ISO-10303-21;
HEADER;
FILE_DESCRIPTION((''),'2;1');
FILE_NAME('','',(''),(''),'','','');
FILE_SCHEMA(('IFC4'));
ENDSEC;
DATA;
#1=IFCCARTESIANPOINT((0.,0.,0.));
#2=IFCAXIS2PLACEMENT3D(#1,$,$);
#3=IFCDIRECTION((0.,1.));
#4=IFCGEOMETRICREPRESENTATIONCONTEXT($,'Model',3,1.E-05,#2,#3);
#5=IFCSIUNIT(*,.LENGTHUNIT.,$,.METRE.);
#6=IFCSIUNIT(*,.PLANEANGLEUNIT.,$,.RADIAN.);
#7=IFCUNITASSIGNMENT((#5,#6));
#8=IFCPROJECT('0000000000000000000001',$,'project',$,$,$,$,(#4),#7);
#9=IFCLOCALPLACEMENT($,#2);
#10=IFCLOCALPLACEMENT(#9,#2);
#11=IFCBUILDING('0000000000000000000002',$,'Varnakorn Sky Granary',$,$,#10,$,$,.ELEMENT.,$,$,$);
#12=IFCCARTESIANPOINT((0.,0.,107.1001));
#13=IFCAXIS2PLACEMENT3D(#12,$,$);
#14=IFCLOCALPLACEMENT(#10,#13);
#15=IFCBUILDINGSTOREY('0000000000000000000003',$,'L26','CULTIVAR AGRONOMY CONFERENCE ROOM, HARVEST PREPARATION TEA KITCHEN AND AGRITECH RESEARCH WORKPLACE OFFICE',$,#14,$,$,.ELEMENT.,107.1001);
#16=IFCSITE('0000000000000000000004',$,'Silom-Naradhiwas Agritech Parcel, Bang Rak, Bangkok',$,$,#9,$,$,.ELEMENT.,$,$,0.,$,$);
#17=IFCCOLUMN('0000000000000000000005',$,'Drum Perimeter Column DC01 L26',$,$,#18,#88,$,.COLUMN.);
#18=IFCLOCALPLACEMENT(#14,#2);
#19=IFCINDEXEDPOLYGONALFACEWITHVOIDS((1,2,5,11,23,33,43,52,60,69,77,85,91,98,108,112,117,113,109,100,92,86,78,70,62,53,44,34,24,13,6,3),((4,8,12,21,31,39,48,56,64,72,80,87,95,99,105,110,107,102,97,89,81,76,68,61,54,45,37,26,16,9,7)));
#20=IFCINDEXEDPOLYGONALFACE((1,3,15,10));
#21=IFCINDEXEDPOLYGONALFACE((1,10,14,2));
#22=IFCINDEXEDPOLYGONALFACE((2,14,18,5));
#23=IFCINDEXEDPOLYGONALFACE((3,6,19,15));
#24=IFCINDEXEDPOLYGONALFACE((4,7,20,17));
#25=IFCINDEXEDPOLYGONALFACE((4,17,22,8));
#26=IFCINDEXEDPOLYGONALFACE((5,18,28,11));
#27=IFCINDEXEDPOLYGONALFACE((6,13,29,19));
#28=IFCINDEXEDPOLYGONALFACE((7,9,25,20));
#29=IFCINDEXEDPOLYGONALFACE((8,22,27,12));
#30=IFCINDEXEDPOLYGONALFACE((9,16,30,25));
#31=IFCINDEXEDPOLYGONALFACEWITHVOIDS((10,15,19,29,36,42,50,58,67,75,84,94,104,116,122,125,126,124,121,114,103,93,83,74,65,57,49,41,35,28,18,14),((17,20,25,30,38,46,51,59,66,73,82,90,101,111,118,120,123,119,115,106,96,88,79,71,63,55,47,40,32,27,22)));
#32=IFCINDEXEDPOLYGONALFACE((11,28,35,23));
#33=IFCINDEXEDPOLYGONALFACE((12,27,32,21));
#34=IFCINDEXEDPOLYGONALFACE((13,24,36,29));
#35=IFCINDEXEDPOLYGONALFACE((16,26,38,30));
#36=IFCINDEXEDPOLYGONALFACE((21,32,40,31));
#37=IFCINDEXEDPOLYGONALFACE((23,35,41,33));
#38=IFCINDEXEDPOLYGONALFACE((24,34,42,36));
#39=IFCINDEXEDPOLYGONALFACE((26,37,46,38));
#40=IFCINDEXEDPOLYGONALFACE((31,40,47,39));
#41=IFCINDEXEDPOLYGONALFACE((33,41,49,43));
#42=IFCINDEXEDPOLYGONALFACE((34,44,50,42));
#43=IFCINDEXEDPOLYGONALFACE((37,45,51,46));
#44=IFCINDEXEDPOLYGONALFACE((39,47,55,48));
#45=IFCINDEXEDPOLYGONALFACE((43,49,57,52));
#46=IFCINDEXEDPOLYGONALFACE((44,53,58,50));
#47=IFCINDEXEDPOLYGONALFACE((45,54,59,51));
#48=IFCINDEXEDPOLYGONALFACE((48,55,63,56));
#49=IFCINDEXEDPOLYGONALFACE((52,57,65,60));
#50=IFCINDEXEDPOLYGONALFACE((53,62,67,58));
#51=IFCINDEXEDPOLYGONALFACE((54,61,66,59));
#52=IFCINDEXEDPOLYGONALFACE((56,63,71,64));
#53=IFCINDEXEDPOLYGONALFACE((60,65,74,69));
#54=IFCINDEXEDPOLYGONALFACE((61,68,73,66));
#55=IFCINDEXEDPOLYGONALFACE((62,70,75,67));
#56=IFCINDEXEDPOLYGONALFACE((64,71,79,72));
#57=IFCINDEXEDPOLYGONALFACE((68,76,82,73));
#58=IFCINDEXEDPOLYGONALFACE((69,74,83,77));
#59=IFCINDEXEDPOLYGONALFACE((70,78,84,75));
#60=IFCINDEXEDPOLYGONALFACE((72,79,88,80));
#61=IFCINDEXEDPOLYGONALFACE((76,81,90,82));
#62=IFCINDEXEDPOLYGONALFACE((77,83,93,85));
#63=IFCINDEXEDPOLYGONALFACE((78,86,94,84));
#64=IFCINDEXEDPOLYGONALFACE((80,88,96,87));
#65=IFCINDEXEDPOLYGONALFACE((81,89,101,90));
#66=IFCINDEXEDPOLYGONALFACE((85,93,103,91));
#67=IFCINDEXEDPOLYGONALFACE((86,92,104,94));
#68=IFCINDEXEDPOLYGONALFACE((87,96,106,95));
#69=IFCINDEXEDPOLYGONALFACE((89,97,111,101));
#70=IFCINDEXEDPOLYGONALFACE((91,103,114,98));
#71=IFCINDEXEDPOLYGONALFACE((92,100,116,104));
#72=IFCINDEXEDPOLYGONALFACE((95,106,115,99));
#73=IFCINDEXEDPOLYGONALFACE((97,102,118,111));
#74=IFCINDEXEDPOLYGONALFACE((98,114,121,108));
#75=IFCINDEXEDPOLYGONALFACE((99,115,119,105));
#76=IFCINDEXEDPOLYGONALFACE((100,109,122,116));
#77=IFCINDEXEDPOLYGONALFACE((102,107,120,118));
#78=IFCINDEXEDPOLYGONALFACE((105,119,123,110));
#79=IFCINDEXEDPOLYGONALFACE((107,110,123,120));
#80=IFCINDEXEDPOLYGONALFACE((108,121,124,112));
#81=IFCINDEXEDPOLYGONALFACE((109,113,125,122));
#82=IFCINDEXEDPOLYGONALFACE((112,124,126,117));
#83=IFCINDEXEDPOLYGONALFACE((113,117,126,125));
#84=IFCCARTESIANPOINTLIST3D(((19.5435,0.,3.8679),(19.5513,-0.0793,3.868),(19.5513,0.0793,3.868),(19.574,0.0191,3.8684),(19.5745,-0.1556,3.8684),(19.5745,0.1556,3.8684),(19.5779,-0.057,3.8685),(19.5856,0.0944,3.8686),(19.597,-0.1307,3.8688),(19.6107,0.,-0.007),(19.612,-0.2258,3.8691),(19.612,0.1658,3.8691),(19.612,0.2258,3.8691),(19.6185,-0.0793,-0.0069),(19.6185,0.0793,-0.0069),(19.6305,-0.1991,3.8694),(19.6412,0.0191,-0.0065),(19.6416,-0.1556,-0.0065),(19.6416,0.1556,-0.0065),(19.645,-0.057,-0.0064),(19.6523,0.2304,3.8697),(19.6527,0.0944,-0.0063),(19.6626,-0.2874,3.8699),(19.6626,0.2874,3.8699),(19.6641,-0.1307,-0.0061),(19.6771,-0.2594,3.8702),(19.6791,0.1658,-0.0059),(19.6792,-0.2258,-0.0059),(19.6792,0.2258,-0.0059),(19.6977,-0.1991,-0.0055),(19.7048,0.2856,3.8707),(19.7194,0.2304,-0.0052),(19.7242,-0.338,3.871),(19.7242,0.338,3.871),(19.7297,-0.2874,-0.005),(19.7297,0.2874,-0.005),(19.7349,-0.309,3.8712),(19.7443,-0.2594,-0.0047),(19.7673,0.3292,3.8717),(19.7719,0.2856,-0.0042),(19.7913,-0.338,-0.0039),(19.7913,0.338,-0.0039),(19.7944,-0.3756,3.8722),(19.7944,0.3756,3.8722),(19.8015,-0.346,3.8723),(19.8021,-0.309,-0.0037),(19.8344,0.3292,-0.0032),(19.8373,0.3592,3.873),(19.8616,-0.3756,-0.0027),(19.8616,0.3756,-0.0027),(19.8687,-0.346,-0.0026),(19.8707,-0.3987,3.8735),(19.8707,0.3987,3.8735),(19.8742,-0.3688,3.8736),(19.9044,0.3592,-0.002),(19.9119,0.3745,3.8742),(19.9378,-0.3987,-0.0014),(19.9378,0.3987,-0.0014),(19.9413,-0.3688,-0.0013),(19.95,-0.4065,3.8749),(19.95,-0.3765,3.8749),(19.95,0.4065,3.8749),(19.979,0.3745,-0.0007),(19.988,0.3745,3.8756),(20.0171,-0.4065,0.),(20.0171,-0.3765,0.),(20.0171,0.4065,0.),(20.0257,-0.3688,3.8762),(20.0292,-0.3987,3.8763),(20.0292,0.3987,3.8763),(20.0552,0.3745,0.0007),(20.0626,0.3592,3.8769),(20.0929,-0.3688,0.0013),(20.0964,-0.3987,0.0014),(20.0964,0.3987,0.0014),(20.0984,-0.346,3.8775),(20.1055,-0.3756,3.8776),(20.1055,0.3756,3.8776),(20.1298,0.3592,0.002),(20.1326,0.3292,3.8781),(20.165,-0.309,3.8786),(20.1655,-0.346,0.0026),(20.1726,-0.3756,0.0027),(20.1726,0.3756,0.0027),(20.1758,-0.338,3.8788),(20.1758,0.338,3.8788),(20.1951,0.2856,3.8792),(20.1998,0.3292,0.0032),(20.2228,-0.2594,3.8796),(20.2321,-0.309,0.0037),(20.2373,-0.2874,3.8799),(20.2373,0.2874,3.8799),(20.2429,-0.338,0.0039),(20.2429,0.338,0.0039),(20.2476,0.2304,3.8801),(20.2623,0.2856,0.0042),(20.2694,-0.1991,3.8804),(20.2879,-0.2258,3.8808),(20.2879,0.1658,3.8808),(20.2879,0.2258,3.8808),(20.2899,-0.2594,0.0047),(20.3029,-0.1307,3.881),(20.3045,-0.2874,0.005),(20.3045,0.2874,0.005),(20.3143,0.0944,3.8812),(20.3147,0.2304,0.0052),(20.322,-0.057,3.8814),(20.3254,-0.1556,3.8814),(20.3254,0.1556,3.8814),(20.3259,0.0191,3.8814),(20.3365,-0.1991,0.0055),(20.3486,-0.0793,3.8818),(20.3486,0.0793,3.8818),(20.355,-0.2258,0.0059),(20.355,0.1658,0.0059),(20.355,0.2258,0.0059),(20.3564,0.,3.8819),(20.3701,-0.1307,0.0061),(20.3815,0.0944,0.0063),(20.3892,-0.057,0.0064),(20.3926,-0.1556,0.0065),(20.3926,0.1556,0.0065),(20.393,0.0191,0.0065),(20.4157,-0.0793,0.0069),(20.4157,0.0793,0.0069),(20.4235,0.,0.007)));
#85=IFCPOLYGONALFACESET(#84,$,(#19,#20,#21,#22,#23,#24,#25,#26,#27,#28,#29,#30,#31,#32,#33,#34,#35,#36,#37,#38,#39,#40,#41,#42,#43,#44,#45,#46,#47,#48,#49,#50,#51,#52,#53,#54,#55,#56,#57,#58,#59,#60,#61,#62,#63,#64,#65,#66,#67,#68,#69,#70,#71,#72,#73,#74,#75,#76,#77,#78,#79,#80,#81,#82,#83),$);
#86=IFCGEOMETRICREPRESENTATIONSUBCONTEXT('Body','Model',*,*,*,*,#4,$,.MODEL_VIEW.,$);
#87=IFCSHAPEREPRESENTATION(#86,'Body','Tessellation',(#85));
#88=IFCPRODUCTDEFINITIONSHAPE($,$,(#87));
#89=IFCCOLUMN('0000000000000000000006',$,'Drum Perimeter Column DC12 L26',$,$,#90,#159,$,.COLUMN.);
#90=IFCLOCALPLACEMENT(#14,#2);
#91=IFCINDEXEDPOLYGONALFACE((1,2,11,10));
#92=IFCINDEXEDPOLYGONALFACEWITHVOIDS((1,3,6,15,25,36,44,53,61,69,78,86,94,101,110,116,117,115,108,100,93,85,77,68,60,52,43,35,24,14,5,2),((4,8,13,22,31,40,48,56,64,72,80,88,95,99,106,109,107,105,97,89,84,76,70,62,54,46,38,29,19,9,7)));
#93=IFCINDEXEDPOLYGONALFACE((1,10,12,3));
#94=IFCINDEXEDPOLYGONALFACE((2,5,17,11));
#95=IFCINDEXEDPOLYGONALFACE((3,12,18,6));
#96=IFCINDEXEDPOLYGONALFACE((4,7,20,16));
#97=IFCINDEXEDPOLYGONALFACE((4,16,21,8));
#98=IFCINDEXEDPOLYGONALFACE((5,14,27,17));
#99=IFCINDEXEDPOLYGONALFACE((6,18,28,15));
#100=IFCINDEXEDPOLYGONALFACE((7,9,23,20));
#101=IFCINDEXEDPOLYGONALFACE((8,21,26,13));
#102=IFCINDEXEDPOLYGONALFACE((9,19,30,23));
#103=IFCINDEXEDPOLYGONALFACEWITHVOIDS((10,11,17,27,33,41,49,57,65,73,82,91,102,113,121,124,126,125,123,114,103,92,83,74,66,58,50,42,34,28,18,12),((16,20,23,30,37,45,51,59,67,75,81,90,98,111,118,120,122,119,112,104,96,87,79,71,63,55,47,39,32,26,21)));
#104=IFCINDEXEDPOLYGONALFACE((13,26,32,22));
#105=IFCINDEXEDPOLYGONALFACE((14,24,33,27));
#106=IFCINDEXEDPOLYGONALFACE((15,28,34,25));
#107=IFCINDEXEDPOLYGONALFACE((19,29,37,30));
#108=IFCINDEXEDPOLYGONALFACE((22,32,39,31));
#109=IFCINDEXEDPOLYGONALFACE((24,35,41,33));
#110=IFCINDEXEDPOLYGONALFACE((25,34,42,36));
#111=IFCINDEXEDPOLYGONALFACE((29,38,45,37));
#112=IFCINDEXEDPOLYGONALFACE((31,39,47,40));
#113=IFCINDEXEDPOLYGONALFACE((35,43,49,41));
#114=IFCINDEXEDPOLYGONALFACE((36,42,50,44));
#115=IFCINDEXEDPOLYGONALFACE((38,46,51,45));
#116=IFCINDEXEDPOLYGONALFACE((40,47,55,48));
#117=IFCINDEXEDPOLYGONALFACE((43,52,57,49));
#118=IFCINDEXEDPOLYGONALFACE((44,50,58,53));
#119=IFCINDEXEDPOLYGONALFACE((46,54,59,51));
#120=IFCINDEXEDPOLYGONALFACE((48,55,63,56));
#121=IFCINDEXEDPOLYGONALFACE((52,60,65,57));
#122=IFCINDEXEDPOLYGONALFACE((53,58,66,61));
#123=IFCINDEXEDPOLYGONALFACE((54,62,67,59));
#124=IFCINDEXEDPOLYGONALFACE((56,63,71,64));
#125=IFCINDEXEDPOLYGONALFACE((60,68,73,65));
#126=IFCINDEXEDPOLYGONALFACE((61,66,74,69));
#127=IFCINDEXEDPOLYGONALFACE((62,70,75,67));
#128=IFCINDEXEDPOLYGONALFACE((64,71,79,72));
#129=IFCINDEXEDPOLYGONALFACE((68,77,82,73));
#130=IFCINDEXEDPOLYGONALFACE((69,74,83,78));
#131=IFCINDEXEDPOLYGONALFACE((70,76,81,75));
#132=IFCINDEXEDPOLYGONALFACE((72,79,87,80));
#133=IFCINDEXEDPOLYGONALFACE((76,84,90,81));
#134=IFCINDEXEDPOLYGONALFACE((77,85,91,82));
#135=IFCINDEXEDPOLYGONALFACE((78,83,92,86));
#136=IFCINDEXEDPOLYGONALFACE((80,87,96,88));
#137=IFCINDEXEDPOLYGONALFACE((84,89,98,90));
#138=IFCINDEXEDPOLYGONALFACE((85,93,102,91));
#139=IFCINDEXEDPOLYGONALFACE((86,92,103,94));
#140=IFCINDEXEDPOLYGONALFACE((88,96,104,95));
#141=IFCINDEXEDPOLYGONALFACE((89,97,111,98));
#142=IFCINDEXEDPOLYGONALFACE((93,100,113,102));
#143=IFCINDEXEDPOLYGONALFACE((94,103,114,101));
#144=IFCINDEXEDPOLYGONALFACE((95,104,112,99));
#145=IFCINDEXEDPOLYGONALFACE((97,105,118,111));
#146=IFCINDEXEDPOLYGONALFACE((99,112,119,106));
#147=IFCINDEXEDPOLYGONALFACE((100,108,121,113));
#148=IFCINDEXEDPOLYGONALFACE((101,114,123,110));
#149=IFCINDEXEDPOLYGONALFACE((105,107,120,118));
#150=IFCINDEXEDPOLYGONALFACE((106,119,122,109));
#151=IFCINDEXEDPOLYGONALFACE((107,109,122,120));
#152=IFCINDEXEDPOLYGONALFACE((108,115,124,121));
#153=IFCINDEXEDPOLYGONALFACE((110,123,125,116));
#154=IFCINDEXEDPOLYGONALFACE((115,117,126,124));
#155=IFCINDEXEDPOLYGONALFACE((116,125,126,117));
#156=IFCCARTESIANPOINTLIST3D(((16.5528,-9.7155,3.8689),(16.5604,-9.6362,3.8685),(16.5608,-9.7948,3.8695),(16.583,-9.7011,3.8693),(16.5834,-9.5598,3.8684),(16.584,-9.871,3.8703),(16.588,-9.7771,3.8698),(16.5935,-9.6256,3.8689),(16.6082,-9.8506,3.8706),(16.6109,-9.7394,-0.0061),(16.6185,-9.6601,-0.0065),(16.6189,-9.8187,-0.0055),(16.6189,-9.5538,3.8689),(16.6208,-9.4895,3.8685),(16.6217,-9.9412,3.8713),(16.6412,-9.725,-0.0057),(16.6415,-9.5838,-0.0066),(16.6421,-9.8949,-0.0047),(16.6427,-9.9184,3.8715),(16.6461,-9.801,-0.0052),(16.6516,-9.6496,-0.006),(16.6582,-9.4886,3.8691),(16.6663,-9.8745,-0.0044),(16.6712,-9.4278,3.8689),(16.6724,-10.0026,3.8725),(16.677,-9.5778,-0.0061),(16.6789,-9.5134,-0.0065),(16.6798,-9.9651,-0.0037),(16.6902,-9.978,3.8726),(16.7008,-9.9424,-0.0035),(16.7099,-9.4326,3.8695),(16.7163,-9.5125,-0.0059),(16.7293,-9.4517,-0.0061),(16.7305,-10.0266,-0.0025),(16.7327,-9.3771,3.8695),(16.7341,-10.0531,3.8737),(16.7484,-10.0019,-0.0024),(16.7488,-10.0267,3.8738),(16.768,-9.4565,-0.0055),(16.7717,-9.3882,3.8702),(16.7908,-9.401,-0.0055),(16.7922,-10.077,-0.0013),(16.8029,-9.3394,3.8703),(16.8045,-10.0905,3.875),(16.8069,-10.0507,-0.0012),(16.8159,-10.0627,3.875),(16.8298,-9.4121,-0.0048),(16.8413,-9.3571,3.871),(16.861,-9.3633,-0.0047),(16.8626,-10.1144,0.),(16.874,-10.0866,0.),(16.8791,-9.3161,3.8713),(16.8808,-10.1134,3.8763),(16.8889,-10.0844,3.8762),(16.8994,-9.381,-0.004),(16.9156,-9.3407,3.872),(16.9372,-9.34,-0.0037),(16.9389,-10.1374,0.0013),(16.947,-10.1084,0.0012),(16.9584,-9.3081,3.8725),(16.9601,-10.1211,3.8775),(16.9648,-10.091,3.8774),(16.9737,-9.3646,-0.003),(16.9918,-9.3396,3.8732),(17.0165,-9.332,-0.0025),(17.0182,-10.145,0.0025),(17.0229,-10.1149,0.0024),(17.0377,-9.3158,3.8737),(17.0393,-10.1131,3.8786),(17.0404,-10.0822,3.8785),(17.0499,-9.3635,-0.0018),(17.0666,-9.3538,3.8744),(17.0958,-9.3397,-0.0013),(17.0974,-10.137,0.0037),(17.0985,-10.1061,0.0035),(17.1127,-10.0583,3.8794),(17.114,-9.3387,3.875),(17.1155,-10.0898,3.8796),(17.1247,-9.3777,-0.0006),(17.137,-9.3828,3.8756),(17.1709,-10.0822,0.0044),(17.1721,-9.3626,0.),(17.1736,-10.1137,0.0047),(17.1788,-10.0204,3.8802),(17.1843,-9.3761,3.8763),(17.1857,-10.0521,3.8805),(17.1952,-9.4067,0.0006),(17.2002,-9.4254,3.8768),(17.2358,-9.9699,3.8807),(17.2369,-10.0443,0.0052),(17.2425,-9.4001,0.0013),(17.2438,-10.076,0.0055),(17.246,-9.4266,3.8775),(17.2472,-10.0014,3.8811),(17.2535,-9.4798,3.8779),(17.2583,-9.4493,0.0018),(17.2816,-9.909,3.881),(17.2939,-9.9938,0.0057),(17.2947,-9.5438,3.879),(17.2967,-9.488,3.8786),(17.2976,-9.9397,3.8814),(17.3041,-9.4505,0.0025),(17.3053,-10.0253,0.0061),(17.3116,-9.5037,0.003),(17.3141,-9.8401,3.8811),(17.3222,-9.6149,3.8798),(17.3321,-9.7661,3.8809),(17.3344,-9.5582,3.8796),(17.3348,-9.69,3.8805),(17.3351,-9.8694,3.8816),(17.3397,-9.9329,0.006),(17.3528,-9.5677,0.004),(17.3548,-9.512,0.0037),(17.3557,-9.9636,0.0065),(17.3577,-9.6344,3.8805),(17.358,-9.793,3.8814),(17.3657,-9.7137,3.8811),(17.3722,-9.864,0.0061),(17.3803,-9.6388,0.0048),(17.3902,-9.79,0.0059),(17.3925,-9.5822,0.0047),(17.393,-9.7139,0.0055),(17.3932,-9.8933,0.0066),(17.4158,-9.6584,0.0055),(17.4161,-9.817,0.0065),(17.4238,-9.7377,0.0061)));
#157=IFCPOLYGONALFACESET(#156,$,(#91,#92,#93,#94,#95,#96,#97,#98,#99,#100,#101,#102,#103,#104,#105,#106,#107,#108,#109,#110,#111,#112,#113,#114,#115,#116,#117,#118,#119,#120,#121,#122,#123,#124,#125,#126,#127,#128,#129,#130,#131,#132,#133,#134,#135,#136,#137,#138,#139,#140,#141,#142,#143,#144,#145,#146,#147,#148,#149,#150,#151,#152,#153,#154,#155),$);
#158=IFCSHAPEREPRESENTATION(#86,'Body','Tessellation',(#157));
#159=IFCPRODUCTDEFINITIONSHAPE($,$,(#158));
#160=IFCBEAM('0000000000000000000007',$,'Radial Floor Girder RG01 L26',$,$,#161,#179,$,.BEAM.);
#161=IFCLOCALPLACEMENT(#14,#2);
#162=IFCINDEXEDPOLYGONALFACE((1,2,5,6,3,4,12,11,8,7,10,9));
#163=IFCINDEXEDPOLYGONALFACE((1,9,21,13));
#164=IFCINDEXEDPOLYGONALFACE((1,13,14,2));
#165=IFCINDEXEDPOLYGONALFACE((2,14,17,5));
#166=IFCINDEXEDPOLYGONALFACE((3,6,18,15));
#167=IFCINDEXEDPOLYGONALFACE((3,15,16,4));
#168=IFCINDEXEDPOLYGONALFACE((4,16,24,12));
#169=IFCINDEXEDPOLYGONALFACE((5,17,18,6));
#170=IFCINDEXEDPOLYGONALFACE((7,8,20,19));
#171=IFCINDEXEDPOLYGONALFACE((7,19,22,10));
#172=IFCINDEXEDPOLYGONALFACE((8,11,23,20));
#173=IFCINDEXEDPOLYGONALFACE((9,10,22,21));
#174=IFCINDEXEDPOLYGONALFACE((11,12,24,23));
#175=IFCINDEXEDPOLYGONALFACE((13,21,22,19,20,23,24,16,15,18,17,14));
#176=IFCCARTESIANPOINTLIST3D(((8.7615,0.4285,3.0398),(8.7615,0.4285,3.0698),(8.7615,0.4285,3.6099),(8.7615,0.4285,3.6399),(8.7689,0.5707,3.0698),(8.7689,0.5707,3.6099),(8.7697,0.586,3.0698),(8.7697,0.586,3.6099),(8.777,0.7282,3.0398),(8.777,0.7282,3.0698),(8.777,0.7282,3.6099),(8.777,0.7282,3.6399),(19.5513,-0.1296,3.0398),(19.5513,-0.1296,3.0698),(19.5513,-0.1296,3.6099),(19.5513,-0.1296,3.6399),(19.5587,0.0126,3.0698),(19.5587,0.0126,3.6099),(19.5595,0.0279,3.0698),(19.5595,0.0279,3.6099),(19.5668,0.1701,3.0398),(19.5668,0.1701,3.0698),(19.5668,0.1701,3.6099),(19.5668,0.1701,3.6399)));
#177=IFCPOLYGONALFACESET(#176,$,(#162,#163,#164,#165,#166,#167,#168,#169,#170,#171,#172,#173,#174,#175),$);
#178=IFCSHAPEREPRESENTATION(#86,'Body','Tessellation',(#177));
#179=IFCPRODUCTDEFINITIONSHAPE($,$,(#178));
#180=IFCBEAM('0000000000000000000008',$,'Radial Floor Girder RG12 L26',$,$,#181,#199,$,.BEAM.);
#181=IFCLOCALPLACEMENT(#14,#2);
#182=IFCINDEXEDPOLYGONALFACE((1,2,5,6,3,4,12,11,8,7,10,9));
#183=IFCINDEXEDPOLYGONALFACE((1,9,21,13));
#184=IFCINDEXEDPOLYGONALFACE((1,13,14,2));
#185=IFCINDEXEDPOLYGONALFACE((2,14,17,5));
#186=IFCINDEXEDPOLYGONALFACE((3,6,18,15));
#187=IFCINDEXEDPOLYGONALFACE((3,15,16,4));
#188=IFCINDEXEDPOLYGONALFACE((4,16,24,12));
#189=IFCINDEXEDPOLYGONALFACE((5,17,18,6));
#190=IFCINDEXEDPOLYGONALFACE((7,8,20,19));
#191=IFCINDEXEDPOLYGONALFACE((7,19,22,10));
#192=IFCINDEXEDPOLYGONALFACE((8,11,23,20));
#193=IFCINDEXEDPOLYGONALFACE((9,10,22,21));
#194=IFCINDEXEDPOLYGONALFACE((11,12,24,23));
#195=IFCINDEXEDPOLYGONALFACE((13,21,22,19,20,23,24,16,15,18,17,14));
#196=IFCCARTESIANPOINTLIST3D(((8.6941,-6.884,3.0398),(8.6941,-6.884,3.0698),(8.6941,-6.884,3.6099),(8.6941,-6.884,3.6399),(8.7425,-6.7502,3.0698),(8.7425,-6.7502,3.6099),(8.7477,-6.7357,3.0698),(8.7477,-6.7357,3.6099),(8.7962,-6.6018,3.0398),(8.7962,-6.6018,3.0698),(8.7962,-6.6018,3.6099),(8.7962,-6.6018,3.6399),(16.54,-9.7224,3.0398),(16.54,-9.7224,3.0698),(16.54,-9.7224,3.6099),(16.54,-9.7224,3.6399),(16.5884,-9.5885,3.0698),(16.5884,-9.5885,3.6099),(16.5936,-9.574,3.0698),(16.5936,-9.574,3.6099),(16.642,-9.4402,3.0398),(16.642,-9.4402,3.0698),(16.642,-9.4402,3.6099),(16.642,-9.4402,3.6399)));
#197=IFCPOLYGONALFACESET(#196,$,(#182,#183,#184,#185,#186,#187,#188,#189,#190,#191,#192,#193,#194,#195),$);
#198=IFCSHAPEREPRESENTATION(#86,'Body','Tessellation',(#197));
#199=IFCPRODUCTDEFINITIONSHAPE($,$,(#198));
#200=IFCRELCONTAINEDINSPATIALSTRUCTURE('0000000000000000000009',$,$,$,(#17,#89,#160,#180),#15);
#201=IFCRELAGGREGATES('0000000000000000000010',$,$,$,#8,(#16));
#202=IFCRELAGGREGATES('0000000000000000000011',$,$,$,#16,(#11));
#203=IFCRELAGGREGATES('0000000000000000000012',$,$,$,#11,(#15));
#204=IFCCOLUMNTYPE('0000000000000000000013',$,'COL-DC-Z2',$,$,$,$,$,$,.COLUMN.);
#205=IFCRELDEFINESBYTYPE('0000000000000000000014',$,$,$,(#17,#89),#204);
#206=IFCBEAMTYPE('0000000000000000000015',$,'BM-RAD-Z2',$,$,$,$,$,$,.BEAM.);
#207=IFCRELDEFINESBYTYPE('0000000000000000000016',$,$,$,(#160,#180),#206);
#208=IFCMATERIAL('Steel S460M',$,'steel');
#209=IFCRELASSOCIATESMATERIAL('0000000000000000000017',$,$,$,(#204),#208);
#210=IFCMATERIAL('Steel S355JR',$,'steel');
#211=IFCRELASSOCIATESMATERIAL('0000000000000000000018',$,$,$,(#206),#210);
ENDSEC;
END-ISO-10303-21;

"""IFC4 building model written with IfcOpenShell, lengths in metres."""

from ifc_helpers import new_model, si_unit, direction, frame, origin, origin_2d, place, context, subcontext, project, spatial, hollow_circle, i_section, extrude, material, material_profile, profile_set, type_object, element, save


model = new_model("IFC4")

# Units and contexts
model_context = context("Model", 3, precision=1e-05, world=origin(), true_north=direction((0.0, 1.0)))
body_context = subcontext(model_context, "Body", "Model", "MODEL_VIEW")
ifc_project = project(units=[si_unit("LENGTHUNIT", "METRE"), si_unit("PLANEANGLEUNIT", "RADIAN")], contexts=[model_context])

# Site, building, storey
site_placement = place(None, origin())
site = spatial("IfcSite", under=ifc_project, at=site_placement, Name="Silom-Naradhiwas Agritech Parcel, Bang Rak, Bangkok", CompositionType="ELEMENT", RefElevation=0.0)
building_placement = place(site_placement, origin())
building = spatial("IfcBuilding", under=site, at=building_placement, Name="Varnakorn Sky Granary", CompositionType="ELEMENT")
storey_placement = place(building_placement, frame((0.0, 0.0, 107.1001)))
storey = spatial("IfcBuildingStorey", under=building, at=storey_placement, Name="L26", Description="CULTIVAR AGRONOMY CONFERENCE ROOM, HARVEST PREPARATION TEA KITCHEN AND AGRITECH RESEARCH WORKPLACE OFFICE", CompositionType="ELEMENT", Elevation=107.1001)

# Columns
ifc_material_1 = material(Name="Steel S460M", Category="steel")
ifc_material_profile_1 = material_profile(ifc_material_1, hollow_circle(Radius=0.4065, WallThickness=0.03, at=origin_2d()), Name="CHS 813x30")
ifc_profile_set_1 = profile_set([ifc_material_profile_1], Name="Steel S460M")
column_type = type_object("IfcColumnType", Name="COL-DC-Z2", PredefinedType="COLUMN", material=ifc_profile_set_1)
for number, where, z_axis, x_axis, name in (
    (1, (20.0171, 0.0, 0.0), (-0.017324, 0.0, 0.99985), (0.0, -1.0, 0.0), "Drum Perimeter Column DC01 L26"),
    (2, (17.0173, -9.7385, 0.0), (-0.014993, 0.006174, 0.999869), (-0.38075, -0.924678, 0.0), "Drum Perimeter Column DC12 L26"),
):
    element("IfcColumn", number, at=place(storey_placement, frame(where, z_axis=z_axis, x_axis=x_axis)), inside=storey, type_object=column_type, Name=name, PredefinedType="COLUMN", context=body_context, shape_type="SweptSolid", body=[
        extrude(hollow_circle(Radius=0.4065, WallThickness=0.03, at=origin_2d()), origin(), (0.0, 0.0, 1.0), 3.8755),
    ])

# Beams
ifc_material_2 = material(Name="Steel S355JR", Category="steel")
ifc_material_profile_2 = material_profile(ifc_material_2, i_section(OverallWidth=0.3, OverallDepth=0.6001, WebThickness=0.0154, FlangeThickness=0.03, at=origin_2d()), Name="HE 600 B")
ifc_profile_set_2 = profile_set([ifc_material_profile_2], Name="Steel S355JR")
beam_type_1 = type_object("IfcBeamType", Name="BM-RAD-Z2", PredefinedType="BEAM", material=ifc_profile_set_2)
beam_1_placement = place(storey_placement, frame((8.7693, 0.5784, 3.3398), z_axis=(0.998665, -0.051656, 0.0), x_axis=(0.051656, 0.998665, 0.0)))
element("IfcBeam", 3, at=beam_1_placement, inside=storey, type_object=beam_type_1, Name="Radial Floor Girder RG01 L26", PredefinedType="BEAM", context=body_context, shape_type="SweptSolid", body=[
    extrude(i_section(OverallWidth=0.3, OverallDepth=0.6001, WebThickness=0.0154, FlangeThickness=0.03, at=origin_2d()), origin(), (0.0, 0.0, 1.0), 10.8042),
])
beam_2_placement = place(storey_placement, frame((8.7451, -6.7429, 3.3398), z_axis=(0.940358, -0.340187, 0.0), x_axis=(0.340187, 0.940358, 0.0)))
element("IfcBeam", 4, at=beam_2_placement, inside=storey, type_object=beam_type_1, Name="Radial Floor Girder RG12 L26", PredefinedType="BEAM", context=body_context, shape_type="SweptSolid", body=[
    extrude(i_section(OverallWidth=0.3, OverallDepth=0.6001, WebThickness=0.0154, FlangeThickness=0.03, at=origin_2d()), origin(), (0.0, 0.0, 1.0), 8.3435),
])

save(model, "model.ifc")
